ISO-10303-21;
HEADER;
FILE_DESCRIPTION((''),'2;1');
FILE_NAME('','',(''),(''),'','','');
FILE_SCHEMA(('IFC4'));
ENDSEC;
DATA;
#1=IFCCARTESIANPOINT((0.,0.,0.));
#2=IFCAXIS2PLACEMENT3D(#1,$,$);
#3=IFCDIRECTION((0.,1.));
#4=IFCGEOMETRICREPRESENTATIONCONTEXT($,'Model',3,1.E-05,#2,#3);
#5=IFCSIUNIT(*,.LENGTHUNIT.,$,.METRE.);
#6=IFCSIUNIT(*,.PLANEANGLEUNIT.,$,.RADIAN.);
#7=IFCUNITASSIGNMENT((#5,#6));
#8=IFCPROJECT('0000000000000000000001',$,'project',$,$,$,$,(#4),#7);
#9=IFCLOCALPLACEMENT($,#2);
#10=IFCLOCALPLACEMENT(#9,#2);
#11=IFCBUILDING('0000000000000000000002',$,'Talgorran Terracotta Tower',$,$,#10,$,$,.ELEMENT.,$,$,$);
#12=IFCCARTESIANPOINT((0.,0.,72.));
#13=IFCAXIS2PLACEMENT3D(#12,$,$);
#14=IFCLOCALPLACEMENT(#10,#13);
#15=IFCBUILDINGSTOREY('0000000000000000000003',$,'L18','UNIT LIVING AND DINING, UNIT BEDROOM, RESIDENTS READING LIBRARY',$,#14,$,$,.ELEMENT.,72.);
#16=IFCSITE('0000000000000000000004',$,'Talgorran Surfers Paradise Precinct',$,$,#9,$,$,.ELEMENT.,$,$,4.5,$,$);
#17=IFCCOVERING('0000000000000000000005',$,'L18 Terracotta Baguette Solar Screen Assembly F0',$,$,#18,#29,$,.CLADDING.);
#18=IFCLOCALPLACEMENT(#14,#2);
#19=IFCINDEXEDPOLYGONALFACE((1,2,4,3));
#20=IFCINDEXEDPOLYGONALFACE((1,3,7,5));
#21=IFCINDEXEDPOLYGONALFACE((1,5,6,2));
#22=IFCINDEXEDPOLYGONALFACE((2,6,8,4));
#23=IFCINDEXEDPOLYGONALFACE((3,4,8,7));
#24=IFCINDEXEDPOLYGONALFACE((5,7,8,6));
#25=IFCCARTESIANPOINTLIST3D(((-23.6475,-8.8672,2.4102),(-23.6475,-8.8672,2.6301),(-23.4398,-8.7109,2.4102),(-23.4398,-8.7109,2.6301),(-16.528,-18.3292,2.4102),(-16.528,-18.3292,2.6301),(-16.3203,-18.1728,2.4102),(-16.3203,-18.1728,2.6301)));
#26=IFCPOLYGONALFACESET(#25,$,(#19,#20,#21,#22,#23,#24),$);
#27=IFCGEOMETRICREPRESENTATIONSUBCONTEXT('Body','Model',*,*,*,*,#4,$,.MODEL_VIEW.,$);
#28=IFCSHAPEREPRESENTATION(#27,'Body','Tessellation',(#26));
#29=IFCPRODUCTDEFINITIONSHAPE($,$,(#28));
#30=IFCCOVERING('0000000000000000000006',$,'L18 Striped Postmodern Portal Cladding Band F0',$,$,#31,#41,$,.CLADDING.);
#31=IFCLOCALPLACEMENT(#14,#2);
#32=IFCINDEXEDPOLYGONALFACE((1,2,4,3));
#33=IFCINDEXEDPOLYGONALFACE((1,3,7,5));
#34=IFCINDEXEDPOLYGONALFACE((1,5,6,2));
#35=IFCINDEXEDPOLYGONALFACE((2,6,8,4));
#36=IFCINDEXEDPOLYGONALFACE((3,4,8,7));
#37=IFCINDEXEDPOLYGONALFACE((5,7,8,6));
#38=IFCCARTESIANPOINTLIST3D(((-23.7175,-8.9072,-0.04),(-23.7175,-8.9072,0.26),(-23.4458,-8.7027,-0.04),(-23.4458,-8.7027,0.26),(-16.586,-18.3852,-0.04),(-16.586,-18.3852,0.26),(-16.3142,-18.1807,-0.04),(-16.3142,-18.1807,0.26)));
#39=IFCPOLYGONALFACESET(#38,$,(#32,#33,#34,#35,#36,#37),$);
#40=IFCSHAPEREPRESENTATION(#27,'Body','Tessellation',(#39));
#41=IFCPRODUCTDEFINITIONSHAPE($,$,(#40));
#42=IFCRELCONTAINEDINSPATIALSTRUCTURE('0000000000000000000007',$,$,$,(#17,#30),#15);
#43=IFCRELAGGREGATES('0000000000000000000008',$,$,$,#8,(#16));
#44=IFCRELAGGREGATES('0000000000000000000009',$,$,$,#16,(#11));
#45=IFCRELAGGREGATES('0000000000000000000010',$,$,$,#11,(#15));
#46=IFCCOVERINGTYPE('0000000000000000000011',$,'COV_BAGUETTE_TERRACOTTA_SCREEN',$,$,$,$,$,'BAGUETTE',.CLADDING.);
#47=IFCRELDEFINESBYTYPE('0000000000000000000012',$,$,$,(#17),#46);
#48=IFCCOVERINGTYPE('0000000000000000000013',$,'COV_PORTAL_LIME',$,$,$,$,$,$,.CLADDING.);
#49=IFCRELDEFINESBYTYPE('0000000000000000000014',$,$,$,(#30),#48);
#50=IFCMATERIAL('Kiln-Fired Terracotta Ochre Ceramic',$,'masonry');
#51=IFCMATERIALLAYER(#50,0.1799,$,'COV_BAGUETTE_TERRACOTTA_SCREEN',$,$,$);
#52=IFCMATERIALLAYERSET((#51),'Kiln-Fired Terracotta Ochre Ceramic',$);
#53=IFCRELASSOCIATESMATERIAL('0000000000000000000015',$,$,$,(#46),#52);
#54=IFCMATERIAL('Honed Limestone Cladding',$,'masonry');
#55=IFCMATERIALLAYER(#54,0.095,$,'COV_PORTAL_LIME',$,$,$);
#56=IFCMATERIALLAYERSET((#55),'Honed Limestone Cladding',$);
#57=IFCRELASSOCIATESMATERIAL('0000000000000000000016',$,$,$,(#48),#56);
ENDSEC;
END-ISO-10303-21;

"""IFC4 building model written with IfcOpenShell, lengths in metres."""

from ifc_helpers import new_model, si_unit, direction, frame, origin, origin_2d, place, context, subcontext, project, spatial, rectangle, extrude, material, layer, layer_set, type_object, element, save


model = new_model("IFC4")

# Units and contexts
model_context = context("Model", 3, precision=1e-05, world=origin(), true_north=direction((0.0, 1.0)))
body_context = subcontext(model_context, "Body", "Model", "MODEL_VIEW")
ifc_project = project(units=[si_unit("LENGTHUNIT", "METRE"), si_unit("PLANEANGLEUNIT", "RADIAN")], contexts=[model_context])

# Site, building, storey
site_placement = place(None, origin())
site = spatial("IfcSite", under=ifc_project, at=site_placement, Name="Talgorran Surfers Paradise Precinct", CompositionType="ELEMENT", RefElevation=4.5)
building_placement = place(site_placement, origin())
building = spatial("IfcBuilding", under=site, at=building_placement, Name="Talgorran Terracotta Tower", CompositionType="ELEMENT")
storey_placement = place(building_placement, frame((0.0, 0.0, 72.0)))
storey = spatial("IfcBuildingStorey", under=building, at=storey_placement, Name="L18", Description="UNIT LIVING AND DINING, UNIT BEDROOM, RESIDENTS READING LIBRARY", CompositionType="ELEMENT", Elevation=72.0)

# Coverings
ifc_material_1 = material(Name="Kiln-Fired Terracotta Ochre Ceramic", Category="masonry")
ifc_layer_1 = layer(ifc_material_1, 0.1799, Name="COV_BAGUETTE_TERRACOTTA_SCREEN")
ifc_layer_set_1 = layer_set([ifc_layer_1], Name="Kiln-Fired Terracotta Ochre Ceramic")
covering_type_1 = type_object("IfcCoveringType", Name="COV_BAGUETTE_TERRACOTTA_SCREEN", ElementType="BAGUETTE", PredefinedType="CLADDING", material=ifc_layer_set_1)
covering_1_placement = place(storey_placement, frame((-19.9839, -13.52, 2.4102), z_axis=(0.0, 0.0, 1.0), x_axis=(0.601243, -0.799066, 0.0)))
element("IfcCovering", 1, at=covering_1_placement, inside=storey, type_object=covering_type_1, Name="L18 Terracotta Baguette Solar Screen Assembly F0", PredefinedType="CLADDING", context=body_context, shape_type="SweptSolid", body=[
    extrude(rectangle(XDim=11.8413, YDim=0.26, at=origin_2d()), origin(), (0.0, 0.0, 1.0), 0.22),
])
ifc_material_2 = material(Name="Honed Limestone Cladding", Category="masonry")
ifc_layer_2 = layer(ifc_material_2, 0.095, Name="COV_PORTAL_LIME")
ifc_layer_set_2 = layer_set([ifc_layer_2], Name="Honed Limestone Cladding")
covering_type_2 = type_object("IfcCoveringType", Name="COV_PORTAL_LIME", PredefinedType="CLADDING", material=ifc_layer_set_2)
covering_2_placement = place(storey_placement, frame((-20.0159, -13.5439, -0.04), z_axis=(0.0, 0.0, 1.0), x_axis=(0.601243, -0.799066, 0.0)))
element("IfcCovering", 2, at=covering_2_placement, inside=storey, type_object=covering_type_2, Name="L18 Striped Postmodern Portal Cladding Band F0", PredefinedType="CLADDING", context=body_context, shape_type="SweptSolid", body=[
    extrude(rectangle(XDim=11.8613, YDim=0.3401, at=origin_2d()), origin(), (0.0, 0.0, 1.0), 0.3),
])

save(model, "model.ifc")
